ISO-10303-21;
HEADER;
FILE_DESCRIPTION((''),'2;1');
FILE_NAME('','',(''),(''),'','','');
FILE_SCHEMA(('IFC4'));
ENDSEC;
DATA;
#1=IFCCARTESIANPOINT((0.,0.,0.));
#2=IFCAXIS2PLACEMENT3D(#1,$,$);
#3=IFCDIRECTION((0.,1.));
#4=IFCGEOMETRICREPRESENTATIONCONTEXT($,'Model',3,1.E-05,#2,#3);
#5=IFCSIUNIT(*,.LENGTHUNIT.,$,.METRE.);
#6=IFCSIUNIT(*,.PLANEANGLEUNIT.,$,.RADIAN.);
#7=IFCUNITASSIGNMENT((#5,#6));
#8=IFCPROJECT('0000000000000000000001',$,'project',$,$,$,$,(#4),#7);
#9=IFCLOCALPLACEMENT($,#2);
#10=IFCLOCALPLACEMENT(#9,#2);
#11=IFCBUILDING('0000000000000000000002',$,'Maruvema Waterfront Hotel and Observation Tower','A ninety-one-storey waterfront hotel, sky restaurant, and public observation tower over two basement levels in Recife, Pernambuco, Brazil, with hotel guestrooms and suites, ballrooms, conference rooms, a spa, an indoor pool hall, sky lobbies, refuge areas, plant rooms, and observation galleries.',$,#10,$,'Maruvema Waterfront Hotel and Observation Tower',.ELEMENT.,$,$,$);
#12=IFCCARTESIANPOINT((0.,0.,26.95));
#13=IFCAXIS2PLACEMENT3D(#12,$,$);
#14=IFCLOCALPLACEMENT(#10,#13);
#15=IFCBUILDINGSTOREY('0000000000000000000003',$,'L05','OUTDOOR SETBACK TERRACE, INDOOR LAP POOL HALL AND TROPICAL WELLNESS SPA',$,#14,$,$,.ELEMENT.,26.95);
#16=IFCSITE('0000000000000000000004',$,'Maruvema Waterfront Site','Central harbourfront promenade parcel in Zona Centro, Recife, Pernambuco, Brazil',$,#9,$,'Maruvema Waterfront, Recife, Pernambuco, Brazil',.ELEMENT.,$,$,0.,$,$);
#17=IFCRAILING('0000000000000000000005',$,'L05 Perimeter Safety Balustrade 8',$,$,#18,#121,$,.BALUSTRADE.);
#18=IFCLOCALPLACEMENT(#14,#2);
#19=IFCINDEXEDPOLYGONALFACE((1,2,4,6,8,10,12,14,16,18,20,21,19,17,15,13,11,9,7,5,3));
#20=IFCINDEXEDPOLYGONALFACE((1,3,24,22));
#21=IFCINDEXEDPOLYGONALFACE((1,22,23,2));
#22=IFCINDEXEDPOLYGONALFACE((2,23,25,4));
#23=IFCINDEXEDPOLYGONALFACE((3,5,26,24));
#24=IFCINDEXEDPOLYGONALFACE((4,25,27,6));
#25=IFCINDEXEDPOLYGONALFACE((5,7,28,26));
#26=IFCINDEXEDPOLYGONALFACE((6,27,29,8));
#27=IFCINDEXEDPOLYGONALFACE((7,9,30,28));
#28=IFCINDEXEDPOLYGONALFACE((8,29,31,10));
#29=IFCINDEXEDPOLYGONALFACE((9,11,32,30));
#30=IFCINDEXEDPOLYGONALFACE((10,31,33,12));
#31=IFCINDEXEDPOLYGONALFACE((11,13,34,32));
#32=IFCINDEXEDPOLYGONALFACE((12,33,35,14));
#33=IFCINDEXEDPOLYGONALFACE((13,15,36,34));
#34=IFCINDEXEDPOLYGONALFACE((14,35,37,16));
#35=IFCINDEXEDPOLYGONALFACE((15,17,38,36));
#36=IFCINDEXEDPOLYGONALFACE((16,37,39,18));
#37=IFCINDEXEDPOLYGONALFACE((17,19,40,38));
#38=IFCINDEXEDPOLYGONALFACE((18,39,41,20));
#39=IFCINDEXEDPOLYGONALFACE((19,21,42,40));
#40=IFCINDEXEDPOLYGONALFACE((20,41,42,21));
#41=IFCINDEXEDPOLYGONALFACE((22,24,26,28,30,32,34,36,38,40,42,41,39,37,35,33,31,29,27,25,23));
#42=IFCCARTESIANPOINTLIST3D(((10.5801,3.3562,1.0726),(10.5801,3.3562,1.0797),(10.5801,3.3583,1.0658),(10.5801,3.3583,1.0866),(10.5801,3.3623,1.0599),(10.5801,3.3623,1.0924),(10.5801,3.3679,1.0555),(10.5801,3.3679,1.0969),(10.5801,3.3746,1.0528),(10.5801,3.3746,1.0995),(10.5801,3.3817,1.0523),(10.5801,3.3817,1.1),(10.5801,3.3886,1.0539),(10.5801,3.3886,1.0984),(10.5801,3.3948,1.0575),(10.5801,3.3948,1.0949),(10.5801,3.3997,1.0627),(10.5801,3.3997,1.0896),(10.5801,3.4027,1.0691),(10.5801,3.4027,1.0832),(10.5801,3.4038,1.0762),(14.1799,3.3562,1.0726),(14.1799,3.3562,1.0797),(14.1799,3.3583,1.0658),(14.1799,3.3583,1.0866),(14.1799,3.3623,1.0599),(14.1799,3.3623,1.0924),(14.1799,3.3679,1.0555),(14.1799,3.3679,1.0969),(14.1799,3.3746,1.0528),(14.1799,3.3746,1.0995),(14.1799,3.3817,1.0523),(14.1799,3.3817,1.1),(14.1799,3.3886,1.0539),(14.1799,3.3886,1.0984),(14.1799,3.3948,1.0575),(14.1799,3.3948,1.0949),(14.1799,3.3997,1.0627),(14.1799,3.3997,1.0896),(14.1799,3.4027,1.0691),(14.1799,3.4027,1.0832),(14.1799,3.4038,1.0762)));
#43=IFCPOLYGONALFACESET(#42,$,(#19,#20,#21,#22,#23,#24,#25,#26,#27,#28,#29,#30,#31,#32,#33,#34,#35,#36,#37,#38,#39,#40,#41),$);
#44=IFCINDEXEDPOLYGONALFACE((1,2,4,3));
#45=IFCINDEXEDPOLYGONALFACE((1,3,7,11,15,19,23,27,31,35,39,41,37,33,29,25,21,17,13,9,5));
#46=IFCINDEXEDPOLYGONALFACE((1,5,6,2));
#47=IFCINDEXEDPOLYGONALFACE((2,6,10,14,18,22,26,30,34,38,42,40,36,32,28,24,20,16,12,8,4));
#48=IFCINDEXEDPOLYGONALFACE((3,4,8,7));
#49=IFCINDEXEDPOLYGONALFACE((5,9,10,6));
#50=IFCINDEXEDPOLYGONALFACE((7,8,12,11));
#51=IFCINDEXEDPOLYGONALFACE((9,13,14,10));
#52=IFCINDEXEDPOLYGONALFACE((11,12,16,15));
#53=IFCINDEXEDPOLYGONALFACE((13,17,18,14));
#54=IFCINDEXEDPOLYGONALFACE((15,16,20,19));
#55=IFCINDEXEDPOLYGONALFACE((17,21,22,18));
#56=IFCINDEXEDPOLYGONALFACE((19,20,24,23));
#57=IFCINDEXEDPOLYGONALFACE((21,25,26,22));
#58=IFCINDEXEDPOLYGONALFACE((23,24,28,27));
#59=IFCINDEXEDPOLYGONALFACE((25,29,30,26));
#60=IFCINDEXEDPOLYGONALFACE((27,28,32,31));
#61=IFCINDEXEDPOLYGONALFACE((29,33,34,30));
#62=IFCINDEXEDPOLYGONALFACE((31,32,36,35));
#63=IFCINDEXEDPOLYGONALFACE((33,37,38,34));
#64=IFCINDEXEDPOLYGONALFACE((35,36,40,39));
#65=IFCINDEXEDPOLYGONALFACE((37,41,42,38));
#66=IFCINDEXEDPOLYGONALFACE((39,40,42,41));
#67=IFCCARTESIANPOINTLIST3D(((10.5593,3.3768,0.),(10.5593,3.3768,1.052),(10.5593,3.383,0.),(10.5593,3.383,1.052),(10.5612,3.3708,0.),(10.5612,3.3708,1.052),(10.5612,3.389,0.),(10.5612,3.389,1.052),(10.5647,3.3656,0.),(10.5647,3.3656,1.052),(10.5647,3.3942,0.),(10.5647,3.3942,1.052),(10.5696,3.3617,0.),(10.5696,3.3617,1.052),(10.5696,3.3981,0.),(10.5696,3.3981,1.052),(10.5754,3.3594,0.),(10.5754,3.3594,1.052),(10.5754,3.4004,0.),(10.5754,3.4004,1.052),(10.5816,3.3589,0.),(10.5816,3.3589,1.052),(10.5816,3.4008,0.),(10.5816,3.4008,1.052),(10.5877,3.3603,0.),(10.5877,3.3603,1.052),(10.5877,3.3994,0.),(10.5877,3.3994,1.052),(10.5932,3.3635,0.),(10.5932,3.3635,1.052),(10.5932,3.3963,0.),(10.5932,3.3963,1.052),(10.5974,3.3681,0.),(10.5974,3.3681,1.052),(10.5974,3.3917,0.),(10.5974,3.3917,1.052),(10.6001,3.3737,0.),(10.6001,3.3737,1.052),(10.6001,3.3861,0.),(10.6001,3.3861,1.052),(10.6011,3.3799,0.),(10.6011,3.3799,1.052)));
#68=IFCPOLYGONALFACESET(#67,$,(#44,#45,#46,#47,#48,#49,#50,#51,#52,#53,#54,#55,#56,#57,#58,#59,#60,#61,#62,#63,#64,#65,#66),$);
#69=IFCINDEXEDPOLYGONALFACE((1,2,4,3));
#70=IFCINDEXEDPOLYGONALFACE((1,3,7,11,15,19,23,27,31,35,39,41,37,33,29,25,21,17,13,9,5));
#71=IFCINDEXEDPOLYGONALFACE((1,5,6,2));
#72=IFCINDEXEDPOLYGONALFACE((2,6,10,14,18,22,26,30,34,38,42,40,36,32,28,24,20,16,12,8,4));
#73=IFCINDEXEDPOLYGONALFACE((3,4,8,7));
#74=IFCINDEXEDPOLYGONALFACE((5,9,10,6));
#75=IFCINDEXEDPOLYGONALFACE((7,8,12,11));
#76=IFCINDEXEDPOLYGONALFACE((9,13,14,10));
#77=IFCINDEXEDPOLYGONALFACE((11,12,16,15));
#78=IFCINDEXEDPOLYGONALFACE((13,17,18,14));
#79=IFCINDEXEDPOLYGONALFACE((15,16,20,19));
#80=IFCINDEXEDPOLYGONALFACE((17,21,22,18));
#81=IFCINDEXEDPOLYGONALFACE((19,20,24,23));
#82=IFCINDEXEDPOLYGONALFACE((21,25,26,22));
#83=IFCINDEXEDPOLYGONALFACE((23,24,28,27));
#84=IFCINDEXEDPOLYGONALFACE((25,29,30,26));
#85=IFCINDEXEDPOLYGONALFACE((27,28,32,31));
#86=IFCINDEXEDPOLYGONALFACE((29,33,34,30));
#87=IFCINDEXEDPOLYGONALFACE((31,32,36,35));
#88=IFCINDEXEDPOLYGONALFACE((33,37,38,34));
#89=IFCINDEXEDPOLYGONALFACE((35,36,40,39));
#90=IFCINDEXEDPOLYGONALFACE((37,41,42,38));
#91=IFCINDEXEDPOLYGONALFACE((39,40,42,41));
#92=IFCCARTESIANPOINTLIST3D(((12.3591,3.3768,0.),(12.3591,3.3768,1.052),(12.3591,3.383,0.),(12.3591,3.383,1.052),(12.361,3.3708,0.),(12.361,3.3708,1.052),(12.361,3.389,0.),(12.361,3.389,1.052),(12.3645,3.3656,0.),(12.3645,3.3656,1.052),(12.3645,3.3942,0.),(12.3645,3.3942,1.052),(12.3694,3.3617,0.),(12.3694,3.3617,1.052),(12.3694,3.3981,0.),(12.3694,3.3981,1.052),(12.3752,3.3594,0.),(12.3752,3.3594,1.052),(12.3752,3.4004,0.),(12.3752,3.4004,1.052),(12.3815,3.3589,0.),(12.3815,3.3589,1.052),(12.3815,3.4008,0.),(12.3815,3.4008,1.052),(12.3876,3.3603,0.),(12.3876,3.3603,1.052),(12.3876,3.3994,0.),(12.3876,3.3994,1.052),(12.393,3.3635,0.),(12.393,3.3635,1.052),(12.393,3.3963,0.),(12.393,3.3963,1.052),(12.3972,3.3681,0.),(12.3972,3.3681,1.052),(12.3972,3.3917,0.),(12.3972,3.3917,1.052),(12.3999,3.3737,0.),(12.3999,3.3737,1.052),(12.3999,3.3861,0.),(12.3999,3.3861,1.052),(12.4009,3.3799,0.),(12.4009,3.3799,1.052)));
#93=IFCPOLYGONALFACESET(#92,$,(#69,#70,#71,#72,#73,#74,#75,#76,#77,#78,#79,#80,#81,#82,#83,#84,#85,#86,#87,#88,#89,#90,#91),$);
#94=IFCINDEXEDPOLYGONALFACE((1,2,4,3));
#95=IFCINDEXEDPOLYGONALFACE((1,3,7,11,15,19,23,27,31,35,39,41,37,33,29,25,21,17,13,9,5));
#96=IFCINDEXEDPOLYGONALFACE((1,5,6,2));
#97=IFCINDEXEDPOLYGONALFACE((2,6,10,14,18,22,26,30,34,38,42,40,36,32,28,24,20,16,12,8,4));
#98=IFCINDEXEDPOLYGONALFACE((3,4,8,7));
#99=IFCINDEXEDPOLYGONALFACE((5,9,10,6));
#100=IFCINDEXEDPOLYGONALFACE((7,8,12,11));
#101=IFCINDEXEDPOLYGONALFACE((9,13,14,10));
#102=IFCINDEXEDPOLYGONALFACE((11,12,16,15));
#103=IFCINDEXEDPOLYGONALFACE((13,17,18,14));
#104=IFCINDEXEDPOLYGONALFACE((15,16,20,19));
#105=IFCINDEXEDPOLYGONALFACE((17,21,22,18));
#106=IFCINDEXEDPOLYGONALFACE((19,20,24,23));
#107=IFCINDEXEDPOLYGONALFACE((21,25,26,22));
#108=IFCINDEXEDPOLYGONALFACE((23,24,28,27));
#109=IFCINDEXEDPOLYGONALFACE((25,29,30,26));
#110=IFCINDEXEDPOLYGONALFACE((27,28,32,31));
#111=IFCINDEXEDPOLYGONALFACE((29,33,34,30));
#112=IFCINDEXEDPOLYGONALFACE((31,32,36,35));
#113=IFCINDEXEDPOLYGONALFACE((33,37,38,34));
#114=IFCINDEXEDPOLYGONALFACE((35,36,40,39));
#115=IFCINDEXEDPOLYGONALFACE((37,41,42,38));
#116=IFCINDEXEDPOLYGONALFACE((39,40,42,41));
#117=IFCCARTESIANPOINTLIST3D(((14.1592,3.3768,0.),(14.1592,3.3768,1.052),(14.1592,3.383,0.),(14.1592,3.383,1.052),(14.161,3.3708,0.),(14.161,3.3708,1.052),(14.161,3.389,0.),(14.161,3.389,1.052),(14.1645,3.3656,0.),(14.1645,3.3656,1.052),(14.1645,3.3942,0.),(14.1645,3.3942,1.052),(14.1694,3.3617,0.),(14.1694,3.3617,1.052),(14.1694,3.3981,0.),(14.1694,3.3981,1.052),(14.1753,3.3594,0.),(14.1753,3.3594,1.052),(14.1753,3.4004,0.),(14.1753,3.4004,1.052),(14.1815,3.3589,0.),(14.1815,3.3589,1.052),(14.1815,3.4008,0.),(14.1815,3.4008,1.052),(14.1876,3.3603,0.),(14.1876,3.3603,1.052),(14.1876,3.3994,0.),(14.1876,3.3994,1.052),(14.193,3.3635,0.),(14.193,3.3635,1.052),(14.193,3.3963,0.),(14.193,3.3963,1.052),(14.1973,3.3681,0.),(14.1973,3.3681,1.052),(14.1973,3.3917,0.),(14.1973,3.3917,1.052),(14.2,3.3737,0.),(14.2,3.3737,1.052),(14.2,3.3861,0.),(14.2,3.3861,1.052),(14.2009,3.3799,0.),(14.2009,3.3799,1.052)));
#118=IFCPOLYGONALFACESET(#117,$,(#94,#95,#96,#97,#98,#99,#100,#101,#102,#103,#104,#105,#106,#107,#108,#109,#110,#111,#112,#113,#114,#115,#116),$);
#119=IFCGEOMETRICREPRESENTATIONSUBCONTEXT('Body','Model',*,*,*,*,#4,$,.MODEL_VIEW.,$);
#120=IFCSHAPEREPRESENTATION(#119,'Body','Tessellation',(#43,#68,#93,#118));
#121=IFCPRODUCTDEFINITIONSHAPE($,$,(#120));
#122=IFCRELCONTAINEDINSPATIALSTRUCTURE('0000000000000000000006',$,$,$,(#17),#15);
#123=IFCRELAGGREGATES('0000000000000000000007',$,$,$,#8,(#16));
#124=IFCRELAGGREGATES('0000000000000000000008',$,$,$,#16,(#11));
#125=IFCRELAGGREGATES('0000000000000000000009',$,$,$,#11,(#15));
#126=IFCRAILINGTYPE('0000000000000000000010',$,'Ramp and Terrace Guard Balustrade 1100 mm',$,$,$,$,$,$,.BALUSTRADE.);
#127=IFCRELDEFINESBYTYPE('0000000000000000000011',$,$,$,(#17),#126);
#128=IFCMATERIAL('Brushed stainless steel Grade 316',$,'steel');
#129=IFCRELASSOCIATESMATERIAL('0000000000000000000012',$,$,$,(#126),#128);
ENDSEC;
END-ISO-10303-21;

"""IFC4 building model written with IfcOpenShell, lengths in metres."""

from ifc_helpers import new_model, si_unit, direction, frame, origin, origin_2d, place, context, subcontext, project, spatial, circle, extrude, material, type_object, element, save


model = new_model("IFC4")

# Units and contexts
model_context = context("Model", 3, precision=1e-05, world=origin(), true_north=direction((0.0, 1.0)))
body_context = subcontext(model_context, "Body", "Model", "MODEL_VIEW")
ifc_project = project(units=[si_unit("LENGTHUNIT", "METRE"), si_unit("PLANEANGLEUNIT", "RADIAN")], contexts=[model_context])

# Site, building, storey
site_placement = place(None, origin())
site = spatial("IfcSite", under=ifc_project, at=site_placement, Name="Maruvema Waterfront Site", Description="Central harbourfront promenade parcel in Zona Centro, Recife, Pernambuco, Brazil", LongName="Maruvema Waterfront, Recife, Pernambuco, Brazil", CompositionType="ELEMENT", RefElevation=0.0)
building_placement = place(site_placement, origin())
building = spatial("IfcBuilding", under=site, at=building_placement, Name="Maruvema Waterfront Hotel and Observation Tower", Description="A ninety-one-storey waterfront hotel, sky restaurant, and public observation tower over two basement levels in Recife, Pernambuco, Brazil, with hotel guestrooms and suites, ballrooms, conference rooms, a spa, an indoor pool hall, sky lobbies, refuge areas, plant rooms, and observation galleries.", LongName="Maruvema Waterfront Hotel and Observation Tower", CompositionType="ELEMENT")
storey_placement = place(building_placement, frame((0.0, 0.0, 26.95)))
storey = spatial("IfcBuildingStorey", under=building, at=storey_placement, Name="L05", Description="OUTDOOR SETBACK TERRACE, INDOOR LAP POOL HALL AND TROPICAL WELLNESS SPA", CompositionType="ELEMENT", Elevation=26.95)

# Railing
ifc_material_1 = material(Name="Brushed stainless steel Grade 316", Category="steel")
railing_type = type_object("IfcRailingType", Name="Ramp and Terrace Guard Balustrade 1100 mm", PredefinedType="BALUSTRADE", material=ifc_material_1)
railing_1_placement = place(storey_placement, frame((10.5801, 3.3799, 0.0)))
element("IfcRailing", 1, at=railing_1_placement, inside=storey, type_object=railing_type, Name="L05 Perimeter Safety Balustrade 8", PredefinedType="BALUSTRADE", context=body_context, shape_type="SweptSolid", body=[
    extrude(circle(Radius=0.0239, at=origin_2d()), frame((0.0, 0.0, 1.0762), z_axis=(1.0, 0.0, 0.0), x_axis=(0.0, 1.0, 0.0)), (0.0, 0.0, 1.0), 3.5999),
    extrude(circle(Radius=0.021, at=origin_2d()), origin(), (0.0, 0.0, 1.0), 1.052),
    extrude(circle(Radius=0.021, at=origin_2d()), frame((1.7998, 0.0, 0.0)), (0.0, 0.0, 1.0), 1.052),
    extrude(circle(Radius=0.021, at=origin_2d()), frame((3.5999, 0.0, 0.0)), (0.0, 0.0, 1.0), 1.052),
])

save(model, "model.ifc")
